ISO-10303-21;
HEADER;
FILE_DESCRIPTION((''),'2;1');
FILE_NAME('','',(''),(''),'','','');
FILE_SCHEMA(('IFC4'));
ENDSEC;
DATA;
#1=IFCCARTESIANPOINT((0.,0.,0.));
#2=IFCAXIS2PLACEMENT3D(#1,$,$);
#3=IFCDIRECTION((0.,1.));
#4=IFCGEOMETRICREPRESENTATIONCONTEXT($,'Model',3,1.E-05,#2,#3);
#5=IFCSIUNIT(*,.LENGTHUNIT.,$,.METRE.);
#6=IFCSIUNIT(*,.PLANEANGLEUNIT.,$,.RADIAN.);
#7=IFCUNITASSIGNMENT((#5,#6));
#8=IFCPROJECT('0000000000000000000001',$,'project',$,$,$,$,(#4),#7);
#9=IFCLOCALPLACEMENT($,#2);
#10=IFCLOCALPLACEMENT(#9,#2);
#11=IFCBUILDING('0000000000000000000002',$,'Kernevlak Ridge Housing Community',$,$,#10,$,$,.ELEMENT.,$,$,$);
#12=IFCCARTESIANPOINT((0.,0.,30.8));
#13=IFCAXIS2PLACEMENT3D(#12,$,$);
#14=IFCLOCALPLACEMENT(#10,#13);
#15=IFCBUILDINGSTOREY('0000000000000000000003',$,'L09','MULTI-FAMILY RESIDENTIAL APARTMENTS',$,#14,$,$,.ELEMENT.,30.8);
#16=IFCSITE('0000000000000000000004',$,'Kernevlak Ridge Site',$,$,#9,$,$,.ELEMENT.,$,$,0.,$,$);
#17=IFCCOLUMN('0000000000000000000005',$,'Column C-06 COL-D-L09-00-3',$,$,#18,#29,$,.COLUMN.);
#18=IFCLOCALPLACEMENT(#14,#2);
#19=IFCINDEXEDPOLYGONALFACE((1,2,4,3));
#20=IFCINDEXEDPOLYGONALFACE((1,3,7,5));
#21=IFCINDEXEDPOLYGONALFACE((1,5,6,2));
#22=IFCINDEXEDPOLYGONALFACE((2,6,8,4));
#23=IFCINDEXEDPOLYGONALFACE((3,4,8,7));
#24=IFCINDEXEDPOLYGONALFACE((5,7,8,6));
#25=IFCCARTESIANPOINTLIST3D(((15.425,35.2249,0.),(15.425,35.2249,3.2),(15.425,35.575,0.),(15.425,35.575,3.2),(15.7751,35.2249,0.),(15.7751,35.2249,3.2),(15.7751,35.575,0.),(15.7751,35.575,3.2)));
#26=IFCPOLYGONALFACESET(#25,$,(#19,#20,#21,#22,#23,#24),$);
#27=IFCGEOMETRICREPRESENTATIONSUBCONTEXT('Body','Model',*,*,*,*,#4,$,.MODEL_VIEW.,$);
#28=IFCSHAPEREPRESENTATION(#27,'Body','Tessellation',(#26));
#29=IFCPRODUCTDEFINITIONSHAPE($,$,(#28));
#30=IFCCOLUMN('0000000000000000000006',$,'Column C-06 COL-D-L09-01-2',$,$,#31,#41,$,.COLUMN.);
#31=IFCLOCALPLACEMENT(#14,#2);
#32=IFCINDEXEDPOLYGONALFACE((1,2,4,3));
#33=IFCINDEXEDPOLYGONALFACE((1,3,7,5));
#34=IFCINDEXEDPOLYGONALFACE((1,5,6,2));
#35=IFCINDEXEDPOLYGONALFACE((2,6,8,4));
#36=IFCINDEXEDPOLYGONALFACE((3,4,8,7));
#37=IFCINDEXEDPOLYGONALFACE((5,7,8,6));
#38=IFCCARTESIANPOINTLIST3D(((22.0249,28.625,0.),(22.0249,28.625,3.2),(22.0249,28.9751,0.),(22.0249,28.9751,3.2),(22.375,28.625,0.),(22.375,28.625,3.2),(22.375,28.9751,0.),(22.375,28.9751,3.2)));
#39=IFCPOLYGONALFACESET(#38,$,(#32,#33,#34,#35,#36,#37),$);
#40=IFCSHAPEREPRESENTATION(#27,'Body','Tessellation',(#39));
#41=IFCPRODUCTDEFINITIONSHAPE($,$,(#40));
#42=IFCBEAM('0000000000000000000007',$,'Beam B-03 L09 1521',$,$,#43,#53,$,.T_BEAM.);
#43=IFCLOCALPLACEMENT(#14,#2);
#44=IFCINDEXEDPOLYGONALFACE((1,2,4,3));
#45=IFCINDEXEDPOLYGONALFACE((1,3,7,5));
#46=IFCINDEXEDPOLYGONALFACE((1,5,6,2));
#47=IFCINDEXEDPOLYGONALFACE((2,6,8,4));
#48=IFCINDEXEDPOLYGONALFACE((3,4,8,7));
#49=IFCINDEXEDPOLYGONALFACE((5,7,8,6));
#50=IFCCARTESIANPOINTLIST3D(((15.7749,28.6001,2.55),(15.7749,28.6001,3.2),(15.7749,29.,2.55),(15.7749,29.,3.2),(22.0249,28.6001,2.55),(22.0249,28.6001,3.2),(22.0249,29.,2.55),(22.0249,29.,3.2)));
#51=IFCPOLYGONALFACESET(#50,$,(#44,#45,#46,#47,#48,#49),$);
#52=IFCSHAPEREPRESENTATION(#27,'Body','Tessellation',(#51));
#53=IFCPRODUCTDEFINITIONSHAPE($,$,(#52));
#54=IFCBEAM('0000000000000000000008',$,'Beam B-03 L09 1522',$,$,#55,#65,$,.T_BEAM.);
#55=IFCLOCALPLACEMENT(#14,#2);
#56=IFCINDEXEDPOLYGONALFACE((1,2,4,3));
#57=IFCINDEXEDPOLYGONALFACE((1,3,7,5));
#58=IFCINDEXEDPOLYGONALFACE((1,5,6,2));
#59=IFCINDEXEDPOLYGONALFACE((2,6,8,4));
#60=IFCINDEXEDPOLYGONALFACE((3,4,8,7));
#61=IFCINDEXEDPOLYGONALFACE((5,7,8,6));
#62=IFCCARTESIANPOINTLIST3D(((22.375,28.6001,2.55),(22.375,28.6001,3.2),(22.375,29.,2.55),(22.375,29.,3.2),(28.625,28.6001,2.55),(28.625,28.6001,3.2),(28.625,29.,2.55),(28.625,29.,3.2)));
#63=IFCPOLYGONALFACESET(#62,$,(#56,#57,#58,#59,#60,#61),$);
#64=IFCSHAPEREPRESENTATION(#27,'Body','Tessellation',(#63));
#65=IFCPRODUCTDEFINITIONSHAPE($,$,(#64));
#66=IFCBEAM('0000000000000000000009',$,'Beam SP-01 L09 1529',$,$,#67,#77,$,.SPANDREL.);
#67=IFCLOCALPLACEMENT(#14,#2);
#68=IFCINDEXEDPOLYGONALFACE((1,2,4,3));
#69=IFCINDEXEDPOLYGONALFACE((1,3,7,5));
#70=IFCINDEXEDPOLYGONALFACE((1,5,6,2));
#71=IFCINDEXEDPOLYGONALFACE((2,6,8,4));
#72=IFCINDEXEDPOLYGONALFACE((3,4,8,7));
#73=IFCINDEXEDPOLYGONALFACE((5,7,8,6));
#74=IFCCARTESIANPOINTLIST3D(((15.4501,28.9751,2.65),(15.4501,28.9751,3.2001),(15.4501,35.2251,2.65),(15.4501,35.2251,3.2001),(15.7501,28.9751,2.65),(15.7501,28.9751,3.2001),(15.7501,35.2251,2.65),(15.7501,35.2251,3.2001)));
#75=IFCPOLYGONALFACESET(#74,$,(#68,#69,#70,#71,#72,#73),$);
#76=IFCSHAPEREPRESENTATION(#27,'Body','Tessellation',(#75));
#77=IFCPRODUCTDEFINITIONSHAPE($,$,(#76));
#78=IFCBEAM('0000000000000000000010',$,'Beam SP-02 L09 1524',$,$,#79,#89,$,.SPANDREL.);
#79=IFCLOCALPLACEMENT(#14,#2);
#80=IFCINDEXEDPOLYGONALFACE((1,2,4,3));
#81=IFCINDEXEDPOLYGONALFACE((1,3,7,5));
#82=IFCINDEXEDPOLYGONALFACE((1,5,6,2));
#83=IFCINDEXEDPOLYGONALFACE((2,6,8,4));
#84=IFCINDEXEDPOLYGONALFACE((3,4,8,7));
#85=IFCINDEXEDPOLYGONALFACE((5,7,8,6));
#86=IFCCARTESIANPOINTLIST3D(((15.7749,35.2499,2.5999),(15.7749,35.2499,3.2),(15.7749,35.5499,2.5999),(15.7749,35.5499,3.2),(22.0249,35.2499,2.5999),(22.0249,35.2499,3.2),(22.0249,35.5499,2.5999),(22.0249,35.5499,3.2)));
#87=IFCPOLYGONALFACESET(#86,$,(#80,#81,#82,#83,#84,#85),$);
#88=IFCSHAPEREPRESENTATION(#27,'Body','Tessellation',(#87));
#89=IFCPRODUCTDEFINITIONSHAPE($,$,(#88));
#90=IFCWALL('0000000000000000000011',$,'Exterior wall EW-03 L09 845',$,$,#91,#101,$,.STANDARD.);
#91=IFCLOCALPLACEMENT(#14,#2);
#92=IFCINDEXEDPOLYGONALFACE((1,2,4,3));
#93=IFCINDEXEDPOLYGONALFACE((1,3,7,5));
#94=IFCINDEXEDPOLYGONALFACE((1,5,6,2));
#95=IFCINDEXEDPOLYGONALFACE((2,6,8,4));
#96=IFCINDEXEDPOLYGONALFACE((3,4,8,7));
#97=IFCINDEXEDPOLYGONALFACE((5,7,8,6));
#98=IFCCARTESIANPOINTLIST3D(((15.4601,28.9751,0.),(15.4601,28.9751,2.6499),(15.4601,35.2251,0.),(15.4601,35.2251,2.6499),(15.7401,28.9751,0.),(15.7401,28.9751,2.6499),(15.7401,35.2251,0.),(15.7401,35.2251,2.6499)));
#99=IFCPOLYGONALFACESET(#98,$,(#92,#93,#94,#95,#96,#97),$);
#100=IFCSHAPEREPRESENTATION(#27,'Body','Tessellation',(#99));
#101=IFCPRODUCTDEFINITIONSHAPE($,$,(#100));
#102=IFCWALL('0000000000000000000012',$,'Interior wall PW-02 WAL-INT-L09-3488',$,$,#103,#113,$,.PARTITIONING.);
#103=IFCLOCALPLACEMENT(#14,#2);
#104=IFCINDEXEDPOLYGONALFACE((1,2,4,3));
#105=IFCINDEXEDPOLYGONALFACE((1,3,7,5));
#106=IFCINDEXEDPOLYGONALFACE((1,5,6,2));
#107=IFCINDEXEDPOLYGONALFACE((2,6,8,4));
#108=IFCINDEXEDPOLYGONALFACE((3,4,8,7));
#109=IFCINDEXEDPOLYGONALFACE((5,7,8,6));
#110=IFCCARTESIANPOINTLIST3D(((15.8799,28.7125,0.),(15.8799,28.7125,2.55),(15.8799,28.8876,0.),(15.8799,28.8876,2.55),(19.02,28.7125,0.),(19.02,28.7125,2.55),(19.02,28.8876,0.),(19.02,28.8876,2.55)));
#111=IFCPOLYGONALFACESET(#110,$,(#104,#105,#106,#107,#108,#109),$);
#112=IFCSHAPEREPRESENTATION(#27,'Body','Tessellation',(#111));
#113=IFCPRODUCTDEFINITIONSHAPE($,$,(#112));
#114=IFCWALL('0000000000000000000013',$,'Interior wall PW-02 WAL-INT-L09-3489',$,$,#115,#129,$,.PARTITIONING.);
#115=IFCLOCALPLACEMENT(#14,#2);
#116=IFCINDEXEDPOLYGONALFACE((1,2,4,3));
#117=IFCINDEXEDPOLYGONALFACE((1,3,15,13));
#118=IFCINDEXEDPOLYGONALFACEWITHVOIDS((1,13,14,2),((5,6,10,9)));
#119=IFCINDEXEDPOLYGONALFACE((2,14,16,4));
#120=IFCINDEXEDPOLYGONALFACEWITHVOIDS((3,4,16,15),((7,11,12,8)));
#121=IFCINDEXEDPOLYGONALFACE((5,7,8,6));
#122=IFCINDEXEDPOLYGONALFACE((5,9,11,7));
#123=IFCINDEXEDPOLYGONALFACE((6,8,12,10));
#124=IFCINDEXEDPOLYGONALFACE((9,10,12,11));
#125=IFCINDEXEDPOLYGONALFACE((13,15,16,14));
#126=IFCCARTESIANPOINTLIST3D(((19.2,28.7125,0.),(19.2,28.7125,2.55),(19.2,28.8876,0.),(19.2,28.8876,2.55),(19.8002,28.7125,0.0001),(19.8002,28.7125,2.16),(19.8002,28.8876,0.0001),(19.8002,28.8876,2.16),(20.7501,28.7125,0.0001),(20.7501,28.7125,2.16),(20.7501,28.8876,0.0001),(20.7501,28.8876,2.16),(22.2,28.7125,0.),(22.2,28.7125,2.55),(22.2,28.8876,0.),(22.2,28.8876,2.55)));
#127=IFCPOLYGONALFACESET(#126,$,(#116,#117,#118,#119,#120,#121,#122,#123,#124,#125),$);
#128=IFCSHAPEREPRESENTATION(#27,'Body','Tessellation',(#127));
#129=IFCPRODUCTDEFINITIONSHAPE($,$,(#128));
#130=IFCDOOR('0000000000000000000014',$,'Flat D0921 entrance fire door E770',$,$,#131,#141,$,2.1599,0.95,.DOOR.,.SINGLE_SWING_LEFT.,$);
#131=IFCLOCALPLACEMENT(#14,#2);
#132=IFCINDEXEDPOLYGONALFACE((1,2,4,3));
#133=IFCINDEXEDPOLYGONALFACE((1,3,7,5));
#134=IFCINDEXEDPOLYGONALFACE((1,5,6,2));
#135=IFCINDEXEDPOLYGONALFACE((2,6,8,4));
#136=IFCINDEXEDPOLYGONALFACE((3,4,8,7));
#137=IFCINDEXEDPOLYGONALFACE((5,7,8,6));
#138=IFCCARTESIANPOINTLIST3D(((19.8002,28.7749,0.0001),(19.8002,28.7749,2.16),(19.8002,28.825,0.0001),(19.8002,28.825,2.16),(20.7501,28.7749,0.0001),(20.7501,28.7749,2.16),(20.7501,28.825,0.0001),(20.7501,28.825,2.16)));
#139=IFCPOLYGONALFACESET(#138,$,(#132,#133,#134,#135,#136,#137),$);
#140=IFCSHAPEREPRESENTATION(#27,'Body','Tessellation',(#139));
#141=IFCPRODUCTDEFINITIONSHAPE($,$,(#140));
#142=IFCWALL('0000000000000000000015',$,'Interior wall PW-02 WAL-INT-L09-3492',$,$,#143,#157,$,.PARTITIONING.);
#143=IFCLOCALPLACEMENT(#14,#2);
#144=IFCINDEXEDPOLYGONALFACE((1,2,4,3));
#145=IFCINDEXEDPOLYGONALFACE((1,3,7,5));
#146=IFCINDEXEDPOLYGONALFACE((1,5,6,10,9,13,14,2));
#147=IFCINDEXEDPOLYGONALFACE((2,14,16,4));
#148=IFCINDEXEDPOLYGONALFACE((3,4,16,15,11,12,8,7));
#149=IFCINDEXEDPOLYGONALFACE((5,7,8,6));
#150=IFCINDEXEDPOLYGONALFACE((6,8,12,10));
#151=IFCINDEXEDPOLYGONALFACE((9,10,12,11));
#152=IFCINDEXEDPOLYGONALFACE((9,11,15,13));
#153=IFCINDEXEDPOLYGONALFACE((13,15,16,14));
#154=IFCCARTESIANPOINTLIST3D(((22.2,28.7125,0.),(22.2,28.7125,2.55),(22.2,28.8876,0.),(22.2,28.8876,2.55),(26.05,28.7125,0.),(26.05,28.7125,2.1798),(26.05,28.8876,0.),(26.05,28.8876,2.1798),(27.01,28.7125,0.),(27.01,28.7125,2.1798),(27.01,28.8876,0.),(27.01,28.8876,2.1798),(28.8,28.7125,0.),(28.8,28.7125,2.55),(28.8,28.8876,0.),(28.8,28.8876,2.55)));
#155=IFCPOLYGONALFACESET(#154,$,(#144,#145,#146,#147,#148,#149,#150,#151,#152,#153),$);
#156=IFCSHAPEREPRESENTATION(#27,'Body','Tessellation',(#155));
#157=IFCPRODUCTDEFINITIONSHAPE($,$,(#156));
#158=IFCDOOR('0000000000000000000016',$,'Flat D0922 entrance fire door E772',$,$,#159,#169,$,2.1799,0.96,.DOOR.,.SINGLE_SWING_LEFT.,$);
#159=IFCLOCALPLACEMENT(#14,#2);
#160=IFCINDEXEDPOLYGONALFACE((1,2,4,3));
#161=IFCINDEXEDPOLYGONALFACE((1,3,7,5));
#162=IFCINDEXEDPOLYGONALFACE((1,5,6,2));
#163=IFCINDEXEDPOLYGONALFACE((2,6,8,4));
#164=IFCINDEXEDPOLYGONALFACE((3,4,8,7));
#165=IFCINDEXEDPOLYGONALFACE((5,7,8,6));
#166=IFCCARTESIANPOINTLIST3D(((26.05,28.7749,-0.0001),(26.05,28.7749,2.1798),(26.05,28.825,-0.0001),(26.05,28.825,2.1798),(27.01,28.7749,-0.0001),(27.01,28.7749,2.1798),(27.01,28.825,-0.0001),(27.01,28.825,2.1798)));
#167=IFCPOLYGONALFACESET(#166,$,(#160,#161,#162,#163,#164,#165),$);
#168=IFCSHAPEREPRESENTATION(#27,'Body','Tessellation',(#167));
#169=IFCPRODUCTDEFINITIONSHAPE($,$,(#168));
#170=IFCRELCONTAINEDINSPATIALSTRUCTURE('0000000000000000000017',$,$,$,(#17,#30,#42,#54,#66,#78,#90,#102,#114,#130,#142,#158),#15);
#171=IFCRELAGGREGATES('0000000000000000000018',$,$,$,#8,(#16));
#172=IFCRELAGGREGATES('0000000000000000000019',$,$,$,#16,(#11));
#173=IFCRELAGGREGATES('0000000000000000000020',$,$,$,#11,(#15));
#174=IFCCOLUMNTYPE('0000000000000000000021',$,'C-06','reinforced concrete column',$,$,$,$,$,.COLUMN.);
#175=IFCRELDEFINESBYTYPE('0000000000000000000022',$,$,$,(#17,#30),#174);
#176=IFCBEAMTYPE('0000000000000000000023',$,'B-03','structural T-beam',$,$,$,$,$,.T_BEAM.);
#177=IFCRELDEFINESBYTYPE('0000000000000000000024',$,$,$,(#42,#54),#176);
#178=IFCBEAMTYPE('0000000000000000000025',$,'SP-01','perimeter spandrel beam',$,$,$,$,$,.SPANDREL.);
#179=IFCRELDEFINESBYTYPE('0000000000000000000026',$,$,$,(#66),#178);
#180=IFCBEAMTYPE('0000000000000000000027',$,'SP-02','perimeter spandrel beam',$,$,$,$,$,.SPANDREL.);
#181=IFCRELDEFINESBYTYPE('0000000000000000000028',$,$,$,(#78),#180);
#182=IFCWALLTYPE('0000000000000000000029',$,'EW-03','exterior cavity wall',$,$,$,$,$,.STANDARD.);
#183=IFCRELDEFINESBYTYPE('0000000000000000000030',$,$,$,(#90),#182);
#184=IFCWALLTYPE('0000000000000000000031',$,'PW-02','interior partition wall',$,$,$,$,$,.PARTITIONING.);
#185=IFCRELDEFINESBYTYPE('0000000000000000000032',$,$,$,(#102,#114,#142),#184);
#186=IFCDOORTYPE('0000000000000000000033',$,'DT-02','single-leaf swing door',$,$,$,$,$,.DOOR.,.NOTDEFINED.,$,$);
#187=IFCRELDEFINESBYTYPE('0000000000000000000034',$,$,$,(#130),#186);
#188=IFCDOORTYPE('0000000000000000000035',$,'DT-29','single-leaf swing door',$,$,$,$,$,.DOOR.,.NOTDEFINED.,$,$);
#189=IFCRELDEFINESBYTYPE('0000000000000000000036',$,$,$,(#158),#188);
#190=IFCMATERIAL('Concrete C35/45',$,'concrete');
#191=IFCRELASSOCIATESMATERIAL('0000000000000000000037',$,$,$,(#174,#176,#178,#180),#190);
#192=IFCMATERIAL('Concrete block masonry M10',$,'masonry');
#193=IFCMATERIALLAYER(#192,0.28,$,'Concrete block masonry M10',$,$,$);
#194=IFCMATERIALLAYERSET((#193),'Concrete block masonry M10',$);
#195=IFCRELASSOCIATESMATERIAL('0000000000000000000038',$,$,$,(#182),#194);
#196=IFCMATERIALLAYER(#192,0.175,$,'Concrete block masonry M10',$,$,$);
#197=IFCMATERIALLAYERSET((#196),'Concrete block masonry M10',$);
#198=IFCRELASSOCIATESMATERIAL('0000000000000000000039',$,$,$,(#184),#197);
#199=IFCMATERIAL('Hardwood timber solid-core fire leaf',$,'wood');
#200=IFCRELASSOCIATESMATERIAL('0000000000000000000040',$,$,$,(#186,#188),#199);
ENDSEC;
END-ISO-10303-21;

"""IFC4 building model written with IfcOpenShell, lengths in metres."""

from ifc_helpers import new_model, si_unit, direction, frame, frame_2d, origin, origin_2d, place, context, subcontext, project, spatial, rectangle, extrude, material, layer, layer_set, material_profile, profile_set, type_object, element, fill, save


model = new_model("IFC4")

# Units and contexts
model_context = context("Model", 3, precision=1e-05, world=origin(), true_north=direction((0.0, 1.0)))
body_context = subcontext(model_context, "Body", "Model", "MODEL_VIEW")
ifc_project = project(units=[si_unit("LENGTHUNIT", "METRE"), si_unit("PLANEANGLEUNIT", "RADIAN")], contexts=[model_context])

# Site, building, storey
site_placement = place(None, origin())
site = spatial("IfcSite", under=ifc_project, at=site_placement, Name="Kernevlak Ridge Site", CompositionType="ELEMENT", RefElevation=0.0)
building_placement = place(site_placement, origin())
building = spatial("IfcBuilding", under=site, at=building_placement, Name="Kernevlak Ridge Housing Community", CompositionType="ELEMENT")
storey_placement = place(building_placement, frame((0.0, 0.0, 30.8)))
storey = spatial("IfcBuildingStorey", under=building, at=storey_placement, Name="L09", Description="MULTI-FAMILY RESIDENTIAL APARTMENTS", CompositionType="ELEMENT", Elevation=30.8)

# Columns
ifc_material_1 = material(Name="Concrete C35/45", Category="concrete")
ifc_material_profile_1 = material_profile(ifc_material_1, rectangle(XDim=0.3501, YDim=0.3501, at=origin_2d()), Name="RC 350x350")
ifc_profile_set_1 = profile_set([ifc_material_profile_1], Name="Concrete C35/45")
column_type = type_object("IfcColumnType", Name="C-06", Description="reinforced concrete column", PredefinedType="COLUMN", material=ifc_profile_set_1)
for number, where, z_axis, x_axis, name in (
    (1, (15.6001, 35.3999, 0.0), (0.0, 0.0, 1.0), (1.0, 0.0, 0.0), "Column C-06 COL-D-L09-00-3"),
    (2, (22.2, 28.8, 0.0), (0.0, 0.0, 1.0), (1.0, 0.0, 0.0), "Column C-06 COL-D-L09-01-2"),
):
    element("IfcColumn", number, at=place(storey_placement, frame(where, z_axis=z_axis, x_axis=x_axis)), inside=storey, type_object=column_type, Name=name, PredefinedType="COLUMN", context=body_context, shape_type="SweptSolid", body=[
        extrude(rectangle(XDim=0.3501, YDim=0.3501, at=origin_2d()), origin(), (0.0, 0.0, 1.0), 3.2),
    ])

# Beams
ifc_material_profile_2 = material_profile(ifc_material_1, rectangle(XDim=0.3999, YDim=0.6499, at=origin_2d()), Name="RC 400x650")
ifc_profile_set_2 = profile_set([ifc_material_profile_2], Name="Concrete C35/45")
beam_type_1 = type_object("IfcBeamType", Name="B-03", Description="structural T-beam", PredefinedType="T_BEAM", material=ifc_profile_set_2)
for number, where, z_axis, x_axis, name in (
    (3, (15.7749, 28.8, 2.875), (1.0, 0.0, 0.0), (0.0, 1.0, 0.0), "Beam B-03 L09 1521"),
    (4, (22.375, 28.8, 2.875), (1.0, 0.0, 0.0), (0.0, 1.0, 0.0), "Beam B-03 L09 1522"),
):
    element("IfcBeam", number, at=place(storey_placement, frame(where, z_axis=z_axis, x_axis=x_axis)), inside=storey, type_object=beam_type_1, Name=name, PredefinedType="T_BEAM", context=body_context, shape_type="SweptSolid", body=[
        extrude(rectangle(XDim=0.3999, YDim=0.6499, at=origin_2d()), origin(), (0.0, 0.0, 1.0), 6.25),
    ])
ifc_material_profile_3 = material_profile(ifc_material_1, rectangle(XDim=0.3, YDim=0.55, at=origin_2d()), Name="RC 300x550")
ifc_profile_set_3 = profile_set([ifc_material_profile_3], Name="Concrete C35/45")
beam_type_2 = type_object("IfcBeamType", Name="SP-01", Description="perimeter spandrel beam", PredefinedType="SPANDREL", material=ifc_profile_set_3)
beam_1_placement = place(storey_placement, frame((15.6001, 28.9751, 2.925), z_axis=(0.0, 1.0, 0.0), x_axis=(-1.0, 0.0, 0.0)))
element("IfcBeam", 5, at=beam_1_placement, inside=storey, type_object=beam_type_2, Name="Beam SP-01 L09 1529", PredefinedType="SPANDREL", context=body_context, shape_type="SweptSolid", body=[
    extrude(rectangle(XDim=0.3, YDim=0.55, at=origin_2d()), origin(), (0.0, 0.0, 1.0), 6.25),
])
ifc_material_profile_4 = material_profile(ifc_material_1, rectangle(XDim=0.3, YDim=0.6001, at=origin_2d()), Name="RC 300x600")
ifc_profile_set_4 = profile_set([ifc_material_profile_4], Name="Concrete C35/45")
beam_type_3 = type_object("IfcBeamType", Name="SP-02", Description="perimeter spandrel beam", PredefinedType="SPANDREL", material=ifc_profile_set_4)
beam_2_placement = place(storey_placement, frame((15.7749, 35.3999, 2.8999), z_axis=(1.0, 0.0, 0.0), x_axis=(0.0, 1.0, 0.0)))
element("IfcBeam", 6, at=beam_2_placement, inside=storey, type_object=beam_type_3, Name="Beam SP-02 L09 1524", PredefinedType="SPANDREL", context=body_context, shape_type="SweptSolid", body=[
    extrude(rectangle(XDim=0.3, YDim=0.6001, at=origin_2d()), origin(), (0.0, 0.0, 1.0), 6.25),
])

# Walls
ifc_material_2 = material(Name="Concrete block masonry M10", Category="masonry")
ifc_layer_1 = layer(ifc_material_2, 0.28, Name="Concrete block masonry M10")
ifc_layer_set_1 = layer_set([ifc_layer_1], Name="Concrete block masonry M10")
wall_type_1 = type_object("IfcWallType", Name="EW-03", Description="exterior cavity wall", PredefinedType="STANDARD", material=ifc_layer_set_1)
wall_1_placement = place(storey_placement, frame((15.6001, 28.9751, 0.0), z_axis=(0.0, 0.0, 1.0), x_axis=(0.0, 1.0, 0.0)))
element("IfcWall", 7, at=wall_1_placement, inside=storey, type_object=wall_type_1, Name="Exterior wall EW-03 L09 845", PredefinedType="STANDARD", context=body_context, shape_type="SweptSolid", body=[
    extrude(rectangle(XDim=6.25, YDim=0.28, at=frame_2d((3.125, 0.0))), origin(), (0.0, 0.0, 1.0), 2.6499),
])
ifc_layer_2 = layer(ifc_material_2, 0.175, Name="Concrete block masonry M10")
ifc_layer_set_2 = layer_set([ifc_layer_2], Name="Concrete block masonry M10")
wall_type_2 = type_object("IfcWallType", Name="PW-02", Description="interior partition wall", PredefinedType="PARTITIONING", material=ifc_layer_set_2)
wall_2_placement = place(storey_placement, frame((15.8799, 28.8, 0.0), z_axis=(0.0, 0.0, 1.0), x_axis=(1.0, 0.0, 0.0)))
element("IfcWall", 8, at=wall_2_placement, inside=storey, type_object=wall_type_2, Name="Interior wall PW-02 WAL-INT-L09-3488", PredefinedType="PARTITIONING", context=body_context, shape_type="SweptSolid", body=[
    extrude(rectangle(XDim=3.1401, YDim=0.175, at=frame_2d((1.5701, 0.0))), origin(), (0.0, 0.0, 1.0), 2.55),
])

# Walls, openings, doors
wall_3_placement = place(storey_placement, frame((19.2, 28.8, 0.0), z_axis=(0.0, 0.0, 1.0), x_axis=(1.0, 0.0, 0.0)))
wall_3 = element("IfcWall", 9, at=wall_3_placement, inside=storey, type_object=wall_type_2, Name="Interior wall PW-02 WAL-INT-L09-3489", PredefinedType="PARTITIONING", context=body_context, shape_type="SweptSolid", body=[
    extrude(rectangle(XDim=3.0, YDim=0.175, at=frame_2d((1.5, 0.0))), origin(), (0.0, 0.0, 1.0), 2.55),
])
opening_1_placement = place(wall_3_placement, frame((0.6001, 0.0, 0.0)))
opening_1 = element("IfcOpeningElement", 10, at=opening_1_placement, cuts=wall_3, PredefinedType="OPENING", context=body_context, shape_type="SweptSolid", body=[
    extrude(rectangle(XDim=0.95, YDim=2.1599, at=frame_2d((0.4751, 1.0801))), frame((0.0, 0.0974, 0.0), z_axis=(0.0, -1.0, 0.0), x_axis=(1.0, 0.0, 0.0)), (0.0, 0.0, 1.0), 0.1951),
])
ifc_material_3 = material(Name="Hardwood timber solid-core fire leaf", Category="wood")
door_type_1 = type_object("IfcDoorType", Name="DT-02", Description="single-leaf swing door", OperationType="NOTDEFINED", PredefinedType="DOOR", material=ifc_material_3)
door_1_placement = place(opening_1_placement, origin())
door_1 = element("IfcDoor", 11, at=door_1_placement, inside=storey, type_object=door_type_1, Name="Flat D0921 entrance fire door E770", OperationType="SINGLE_SWING_LEFT", OverallHeight=2.1599, OverallWidth=0.95, PredefinedType="DOOR", context=body_context, shape_type="SweptSolid", body=[
    extrude(rectangle(XDim=0.95, YDim=2.1599, at=frame_2d((0.4751, 1.0801))), frame((0.0, 0.0249, 0.0), z_axis=(0.0, -1.0, 0.0), x_axis=(1.0, 0.0, 0.0)), (0.0, 0.0, 1.0), 0.05),
])
fill(opening_1, door_1)
wall_4_placement = place(storey_placement, frame((22.2, 28.8, 0.0), z_axis=(0.0, 0.0, 1.0), x_axis=(1.0, 0.0, 0.0)))
wall_4 = element("IfcWall", 12, at=wall_4_placement, inside=storey, type_object=wall_type_2, Name="Interior wall PW-02 WAL-INT-L09-3492", PredefinedType="PARTITIONING", context=body_context, shape_type="SweptSolid", body=[
    extrude(rectangle(XDim=6.6001, YDim=0.175, at=frame_2d((3.3, 0.0))), origin(), (0.0, 0.0, 1.0), 2.55),
])
opening_2_placement = place(wall_4_placement, frame((3.8501, 0.0, 0.0)))
opening_2 = element("IfcOpeningElement", 13, at=opening_2_placement, cuts=wall_4, PredefinedType="OPENING", context=body_context, shape_type="SweptSolid", body=[
    extrude(rectangle(XDim=0.96, YDim=2.1799, at=frame_2d((0.48, 1.0898))), frame((0.0, 0.0974, 0.0), z_axis=(0.0, -1.0, 0.0), x_axis=(1.0, 0.0, 0.0)), (0.0, 0.0, 1.0), 0.1951),
])
door_type_2 = type_object("IfcDoorType", Name="DT-29", Description="single-leaf swing door", OperationType="NOTDEFINED", PredefinedType="DOOR", material=ifc_material_3)
door_2_placement = place(opening_2_placement, origin())
door_2 = element("IfcDoor", 14, at=door_2_placement, inside=storey, type_object=door_type_2, Name="Flat D0922 entrance fire door E772", OperationType="SINGLE_SWING_LEFT", OverallHeight=2.1799, OverallWidth=0.96, PredefinedType="DOOR", context=body_context, shape_type="SweptSolid", body=[
    extrude(rectangle(XDim=0.96, YDim=2.1799, at=frame_2d((0.48, 1.0898))), frame((0.0, 0.0249, 0.0), z_axis=(0.0, -1.0, 0.0), x_axis=(1.0, 0.0, 0.0)), (0.0, 0.0, 1.0), 0.05),
])
fill(opening_2, door_2)

save(model, "model.ifc")
